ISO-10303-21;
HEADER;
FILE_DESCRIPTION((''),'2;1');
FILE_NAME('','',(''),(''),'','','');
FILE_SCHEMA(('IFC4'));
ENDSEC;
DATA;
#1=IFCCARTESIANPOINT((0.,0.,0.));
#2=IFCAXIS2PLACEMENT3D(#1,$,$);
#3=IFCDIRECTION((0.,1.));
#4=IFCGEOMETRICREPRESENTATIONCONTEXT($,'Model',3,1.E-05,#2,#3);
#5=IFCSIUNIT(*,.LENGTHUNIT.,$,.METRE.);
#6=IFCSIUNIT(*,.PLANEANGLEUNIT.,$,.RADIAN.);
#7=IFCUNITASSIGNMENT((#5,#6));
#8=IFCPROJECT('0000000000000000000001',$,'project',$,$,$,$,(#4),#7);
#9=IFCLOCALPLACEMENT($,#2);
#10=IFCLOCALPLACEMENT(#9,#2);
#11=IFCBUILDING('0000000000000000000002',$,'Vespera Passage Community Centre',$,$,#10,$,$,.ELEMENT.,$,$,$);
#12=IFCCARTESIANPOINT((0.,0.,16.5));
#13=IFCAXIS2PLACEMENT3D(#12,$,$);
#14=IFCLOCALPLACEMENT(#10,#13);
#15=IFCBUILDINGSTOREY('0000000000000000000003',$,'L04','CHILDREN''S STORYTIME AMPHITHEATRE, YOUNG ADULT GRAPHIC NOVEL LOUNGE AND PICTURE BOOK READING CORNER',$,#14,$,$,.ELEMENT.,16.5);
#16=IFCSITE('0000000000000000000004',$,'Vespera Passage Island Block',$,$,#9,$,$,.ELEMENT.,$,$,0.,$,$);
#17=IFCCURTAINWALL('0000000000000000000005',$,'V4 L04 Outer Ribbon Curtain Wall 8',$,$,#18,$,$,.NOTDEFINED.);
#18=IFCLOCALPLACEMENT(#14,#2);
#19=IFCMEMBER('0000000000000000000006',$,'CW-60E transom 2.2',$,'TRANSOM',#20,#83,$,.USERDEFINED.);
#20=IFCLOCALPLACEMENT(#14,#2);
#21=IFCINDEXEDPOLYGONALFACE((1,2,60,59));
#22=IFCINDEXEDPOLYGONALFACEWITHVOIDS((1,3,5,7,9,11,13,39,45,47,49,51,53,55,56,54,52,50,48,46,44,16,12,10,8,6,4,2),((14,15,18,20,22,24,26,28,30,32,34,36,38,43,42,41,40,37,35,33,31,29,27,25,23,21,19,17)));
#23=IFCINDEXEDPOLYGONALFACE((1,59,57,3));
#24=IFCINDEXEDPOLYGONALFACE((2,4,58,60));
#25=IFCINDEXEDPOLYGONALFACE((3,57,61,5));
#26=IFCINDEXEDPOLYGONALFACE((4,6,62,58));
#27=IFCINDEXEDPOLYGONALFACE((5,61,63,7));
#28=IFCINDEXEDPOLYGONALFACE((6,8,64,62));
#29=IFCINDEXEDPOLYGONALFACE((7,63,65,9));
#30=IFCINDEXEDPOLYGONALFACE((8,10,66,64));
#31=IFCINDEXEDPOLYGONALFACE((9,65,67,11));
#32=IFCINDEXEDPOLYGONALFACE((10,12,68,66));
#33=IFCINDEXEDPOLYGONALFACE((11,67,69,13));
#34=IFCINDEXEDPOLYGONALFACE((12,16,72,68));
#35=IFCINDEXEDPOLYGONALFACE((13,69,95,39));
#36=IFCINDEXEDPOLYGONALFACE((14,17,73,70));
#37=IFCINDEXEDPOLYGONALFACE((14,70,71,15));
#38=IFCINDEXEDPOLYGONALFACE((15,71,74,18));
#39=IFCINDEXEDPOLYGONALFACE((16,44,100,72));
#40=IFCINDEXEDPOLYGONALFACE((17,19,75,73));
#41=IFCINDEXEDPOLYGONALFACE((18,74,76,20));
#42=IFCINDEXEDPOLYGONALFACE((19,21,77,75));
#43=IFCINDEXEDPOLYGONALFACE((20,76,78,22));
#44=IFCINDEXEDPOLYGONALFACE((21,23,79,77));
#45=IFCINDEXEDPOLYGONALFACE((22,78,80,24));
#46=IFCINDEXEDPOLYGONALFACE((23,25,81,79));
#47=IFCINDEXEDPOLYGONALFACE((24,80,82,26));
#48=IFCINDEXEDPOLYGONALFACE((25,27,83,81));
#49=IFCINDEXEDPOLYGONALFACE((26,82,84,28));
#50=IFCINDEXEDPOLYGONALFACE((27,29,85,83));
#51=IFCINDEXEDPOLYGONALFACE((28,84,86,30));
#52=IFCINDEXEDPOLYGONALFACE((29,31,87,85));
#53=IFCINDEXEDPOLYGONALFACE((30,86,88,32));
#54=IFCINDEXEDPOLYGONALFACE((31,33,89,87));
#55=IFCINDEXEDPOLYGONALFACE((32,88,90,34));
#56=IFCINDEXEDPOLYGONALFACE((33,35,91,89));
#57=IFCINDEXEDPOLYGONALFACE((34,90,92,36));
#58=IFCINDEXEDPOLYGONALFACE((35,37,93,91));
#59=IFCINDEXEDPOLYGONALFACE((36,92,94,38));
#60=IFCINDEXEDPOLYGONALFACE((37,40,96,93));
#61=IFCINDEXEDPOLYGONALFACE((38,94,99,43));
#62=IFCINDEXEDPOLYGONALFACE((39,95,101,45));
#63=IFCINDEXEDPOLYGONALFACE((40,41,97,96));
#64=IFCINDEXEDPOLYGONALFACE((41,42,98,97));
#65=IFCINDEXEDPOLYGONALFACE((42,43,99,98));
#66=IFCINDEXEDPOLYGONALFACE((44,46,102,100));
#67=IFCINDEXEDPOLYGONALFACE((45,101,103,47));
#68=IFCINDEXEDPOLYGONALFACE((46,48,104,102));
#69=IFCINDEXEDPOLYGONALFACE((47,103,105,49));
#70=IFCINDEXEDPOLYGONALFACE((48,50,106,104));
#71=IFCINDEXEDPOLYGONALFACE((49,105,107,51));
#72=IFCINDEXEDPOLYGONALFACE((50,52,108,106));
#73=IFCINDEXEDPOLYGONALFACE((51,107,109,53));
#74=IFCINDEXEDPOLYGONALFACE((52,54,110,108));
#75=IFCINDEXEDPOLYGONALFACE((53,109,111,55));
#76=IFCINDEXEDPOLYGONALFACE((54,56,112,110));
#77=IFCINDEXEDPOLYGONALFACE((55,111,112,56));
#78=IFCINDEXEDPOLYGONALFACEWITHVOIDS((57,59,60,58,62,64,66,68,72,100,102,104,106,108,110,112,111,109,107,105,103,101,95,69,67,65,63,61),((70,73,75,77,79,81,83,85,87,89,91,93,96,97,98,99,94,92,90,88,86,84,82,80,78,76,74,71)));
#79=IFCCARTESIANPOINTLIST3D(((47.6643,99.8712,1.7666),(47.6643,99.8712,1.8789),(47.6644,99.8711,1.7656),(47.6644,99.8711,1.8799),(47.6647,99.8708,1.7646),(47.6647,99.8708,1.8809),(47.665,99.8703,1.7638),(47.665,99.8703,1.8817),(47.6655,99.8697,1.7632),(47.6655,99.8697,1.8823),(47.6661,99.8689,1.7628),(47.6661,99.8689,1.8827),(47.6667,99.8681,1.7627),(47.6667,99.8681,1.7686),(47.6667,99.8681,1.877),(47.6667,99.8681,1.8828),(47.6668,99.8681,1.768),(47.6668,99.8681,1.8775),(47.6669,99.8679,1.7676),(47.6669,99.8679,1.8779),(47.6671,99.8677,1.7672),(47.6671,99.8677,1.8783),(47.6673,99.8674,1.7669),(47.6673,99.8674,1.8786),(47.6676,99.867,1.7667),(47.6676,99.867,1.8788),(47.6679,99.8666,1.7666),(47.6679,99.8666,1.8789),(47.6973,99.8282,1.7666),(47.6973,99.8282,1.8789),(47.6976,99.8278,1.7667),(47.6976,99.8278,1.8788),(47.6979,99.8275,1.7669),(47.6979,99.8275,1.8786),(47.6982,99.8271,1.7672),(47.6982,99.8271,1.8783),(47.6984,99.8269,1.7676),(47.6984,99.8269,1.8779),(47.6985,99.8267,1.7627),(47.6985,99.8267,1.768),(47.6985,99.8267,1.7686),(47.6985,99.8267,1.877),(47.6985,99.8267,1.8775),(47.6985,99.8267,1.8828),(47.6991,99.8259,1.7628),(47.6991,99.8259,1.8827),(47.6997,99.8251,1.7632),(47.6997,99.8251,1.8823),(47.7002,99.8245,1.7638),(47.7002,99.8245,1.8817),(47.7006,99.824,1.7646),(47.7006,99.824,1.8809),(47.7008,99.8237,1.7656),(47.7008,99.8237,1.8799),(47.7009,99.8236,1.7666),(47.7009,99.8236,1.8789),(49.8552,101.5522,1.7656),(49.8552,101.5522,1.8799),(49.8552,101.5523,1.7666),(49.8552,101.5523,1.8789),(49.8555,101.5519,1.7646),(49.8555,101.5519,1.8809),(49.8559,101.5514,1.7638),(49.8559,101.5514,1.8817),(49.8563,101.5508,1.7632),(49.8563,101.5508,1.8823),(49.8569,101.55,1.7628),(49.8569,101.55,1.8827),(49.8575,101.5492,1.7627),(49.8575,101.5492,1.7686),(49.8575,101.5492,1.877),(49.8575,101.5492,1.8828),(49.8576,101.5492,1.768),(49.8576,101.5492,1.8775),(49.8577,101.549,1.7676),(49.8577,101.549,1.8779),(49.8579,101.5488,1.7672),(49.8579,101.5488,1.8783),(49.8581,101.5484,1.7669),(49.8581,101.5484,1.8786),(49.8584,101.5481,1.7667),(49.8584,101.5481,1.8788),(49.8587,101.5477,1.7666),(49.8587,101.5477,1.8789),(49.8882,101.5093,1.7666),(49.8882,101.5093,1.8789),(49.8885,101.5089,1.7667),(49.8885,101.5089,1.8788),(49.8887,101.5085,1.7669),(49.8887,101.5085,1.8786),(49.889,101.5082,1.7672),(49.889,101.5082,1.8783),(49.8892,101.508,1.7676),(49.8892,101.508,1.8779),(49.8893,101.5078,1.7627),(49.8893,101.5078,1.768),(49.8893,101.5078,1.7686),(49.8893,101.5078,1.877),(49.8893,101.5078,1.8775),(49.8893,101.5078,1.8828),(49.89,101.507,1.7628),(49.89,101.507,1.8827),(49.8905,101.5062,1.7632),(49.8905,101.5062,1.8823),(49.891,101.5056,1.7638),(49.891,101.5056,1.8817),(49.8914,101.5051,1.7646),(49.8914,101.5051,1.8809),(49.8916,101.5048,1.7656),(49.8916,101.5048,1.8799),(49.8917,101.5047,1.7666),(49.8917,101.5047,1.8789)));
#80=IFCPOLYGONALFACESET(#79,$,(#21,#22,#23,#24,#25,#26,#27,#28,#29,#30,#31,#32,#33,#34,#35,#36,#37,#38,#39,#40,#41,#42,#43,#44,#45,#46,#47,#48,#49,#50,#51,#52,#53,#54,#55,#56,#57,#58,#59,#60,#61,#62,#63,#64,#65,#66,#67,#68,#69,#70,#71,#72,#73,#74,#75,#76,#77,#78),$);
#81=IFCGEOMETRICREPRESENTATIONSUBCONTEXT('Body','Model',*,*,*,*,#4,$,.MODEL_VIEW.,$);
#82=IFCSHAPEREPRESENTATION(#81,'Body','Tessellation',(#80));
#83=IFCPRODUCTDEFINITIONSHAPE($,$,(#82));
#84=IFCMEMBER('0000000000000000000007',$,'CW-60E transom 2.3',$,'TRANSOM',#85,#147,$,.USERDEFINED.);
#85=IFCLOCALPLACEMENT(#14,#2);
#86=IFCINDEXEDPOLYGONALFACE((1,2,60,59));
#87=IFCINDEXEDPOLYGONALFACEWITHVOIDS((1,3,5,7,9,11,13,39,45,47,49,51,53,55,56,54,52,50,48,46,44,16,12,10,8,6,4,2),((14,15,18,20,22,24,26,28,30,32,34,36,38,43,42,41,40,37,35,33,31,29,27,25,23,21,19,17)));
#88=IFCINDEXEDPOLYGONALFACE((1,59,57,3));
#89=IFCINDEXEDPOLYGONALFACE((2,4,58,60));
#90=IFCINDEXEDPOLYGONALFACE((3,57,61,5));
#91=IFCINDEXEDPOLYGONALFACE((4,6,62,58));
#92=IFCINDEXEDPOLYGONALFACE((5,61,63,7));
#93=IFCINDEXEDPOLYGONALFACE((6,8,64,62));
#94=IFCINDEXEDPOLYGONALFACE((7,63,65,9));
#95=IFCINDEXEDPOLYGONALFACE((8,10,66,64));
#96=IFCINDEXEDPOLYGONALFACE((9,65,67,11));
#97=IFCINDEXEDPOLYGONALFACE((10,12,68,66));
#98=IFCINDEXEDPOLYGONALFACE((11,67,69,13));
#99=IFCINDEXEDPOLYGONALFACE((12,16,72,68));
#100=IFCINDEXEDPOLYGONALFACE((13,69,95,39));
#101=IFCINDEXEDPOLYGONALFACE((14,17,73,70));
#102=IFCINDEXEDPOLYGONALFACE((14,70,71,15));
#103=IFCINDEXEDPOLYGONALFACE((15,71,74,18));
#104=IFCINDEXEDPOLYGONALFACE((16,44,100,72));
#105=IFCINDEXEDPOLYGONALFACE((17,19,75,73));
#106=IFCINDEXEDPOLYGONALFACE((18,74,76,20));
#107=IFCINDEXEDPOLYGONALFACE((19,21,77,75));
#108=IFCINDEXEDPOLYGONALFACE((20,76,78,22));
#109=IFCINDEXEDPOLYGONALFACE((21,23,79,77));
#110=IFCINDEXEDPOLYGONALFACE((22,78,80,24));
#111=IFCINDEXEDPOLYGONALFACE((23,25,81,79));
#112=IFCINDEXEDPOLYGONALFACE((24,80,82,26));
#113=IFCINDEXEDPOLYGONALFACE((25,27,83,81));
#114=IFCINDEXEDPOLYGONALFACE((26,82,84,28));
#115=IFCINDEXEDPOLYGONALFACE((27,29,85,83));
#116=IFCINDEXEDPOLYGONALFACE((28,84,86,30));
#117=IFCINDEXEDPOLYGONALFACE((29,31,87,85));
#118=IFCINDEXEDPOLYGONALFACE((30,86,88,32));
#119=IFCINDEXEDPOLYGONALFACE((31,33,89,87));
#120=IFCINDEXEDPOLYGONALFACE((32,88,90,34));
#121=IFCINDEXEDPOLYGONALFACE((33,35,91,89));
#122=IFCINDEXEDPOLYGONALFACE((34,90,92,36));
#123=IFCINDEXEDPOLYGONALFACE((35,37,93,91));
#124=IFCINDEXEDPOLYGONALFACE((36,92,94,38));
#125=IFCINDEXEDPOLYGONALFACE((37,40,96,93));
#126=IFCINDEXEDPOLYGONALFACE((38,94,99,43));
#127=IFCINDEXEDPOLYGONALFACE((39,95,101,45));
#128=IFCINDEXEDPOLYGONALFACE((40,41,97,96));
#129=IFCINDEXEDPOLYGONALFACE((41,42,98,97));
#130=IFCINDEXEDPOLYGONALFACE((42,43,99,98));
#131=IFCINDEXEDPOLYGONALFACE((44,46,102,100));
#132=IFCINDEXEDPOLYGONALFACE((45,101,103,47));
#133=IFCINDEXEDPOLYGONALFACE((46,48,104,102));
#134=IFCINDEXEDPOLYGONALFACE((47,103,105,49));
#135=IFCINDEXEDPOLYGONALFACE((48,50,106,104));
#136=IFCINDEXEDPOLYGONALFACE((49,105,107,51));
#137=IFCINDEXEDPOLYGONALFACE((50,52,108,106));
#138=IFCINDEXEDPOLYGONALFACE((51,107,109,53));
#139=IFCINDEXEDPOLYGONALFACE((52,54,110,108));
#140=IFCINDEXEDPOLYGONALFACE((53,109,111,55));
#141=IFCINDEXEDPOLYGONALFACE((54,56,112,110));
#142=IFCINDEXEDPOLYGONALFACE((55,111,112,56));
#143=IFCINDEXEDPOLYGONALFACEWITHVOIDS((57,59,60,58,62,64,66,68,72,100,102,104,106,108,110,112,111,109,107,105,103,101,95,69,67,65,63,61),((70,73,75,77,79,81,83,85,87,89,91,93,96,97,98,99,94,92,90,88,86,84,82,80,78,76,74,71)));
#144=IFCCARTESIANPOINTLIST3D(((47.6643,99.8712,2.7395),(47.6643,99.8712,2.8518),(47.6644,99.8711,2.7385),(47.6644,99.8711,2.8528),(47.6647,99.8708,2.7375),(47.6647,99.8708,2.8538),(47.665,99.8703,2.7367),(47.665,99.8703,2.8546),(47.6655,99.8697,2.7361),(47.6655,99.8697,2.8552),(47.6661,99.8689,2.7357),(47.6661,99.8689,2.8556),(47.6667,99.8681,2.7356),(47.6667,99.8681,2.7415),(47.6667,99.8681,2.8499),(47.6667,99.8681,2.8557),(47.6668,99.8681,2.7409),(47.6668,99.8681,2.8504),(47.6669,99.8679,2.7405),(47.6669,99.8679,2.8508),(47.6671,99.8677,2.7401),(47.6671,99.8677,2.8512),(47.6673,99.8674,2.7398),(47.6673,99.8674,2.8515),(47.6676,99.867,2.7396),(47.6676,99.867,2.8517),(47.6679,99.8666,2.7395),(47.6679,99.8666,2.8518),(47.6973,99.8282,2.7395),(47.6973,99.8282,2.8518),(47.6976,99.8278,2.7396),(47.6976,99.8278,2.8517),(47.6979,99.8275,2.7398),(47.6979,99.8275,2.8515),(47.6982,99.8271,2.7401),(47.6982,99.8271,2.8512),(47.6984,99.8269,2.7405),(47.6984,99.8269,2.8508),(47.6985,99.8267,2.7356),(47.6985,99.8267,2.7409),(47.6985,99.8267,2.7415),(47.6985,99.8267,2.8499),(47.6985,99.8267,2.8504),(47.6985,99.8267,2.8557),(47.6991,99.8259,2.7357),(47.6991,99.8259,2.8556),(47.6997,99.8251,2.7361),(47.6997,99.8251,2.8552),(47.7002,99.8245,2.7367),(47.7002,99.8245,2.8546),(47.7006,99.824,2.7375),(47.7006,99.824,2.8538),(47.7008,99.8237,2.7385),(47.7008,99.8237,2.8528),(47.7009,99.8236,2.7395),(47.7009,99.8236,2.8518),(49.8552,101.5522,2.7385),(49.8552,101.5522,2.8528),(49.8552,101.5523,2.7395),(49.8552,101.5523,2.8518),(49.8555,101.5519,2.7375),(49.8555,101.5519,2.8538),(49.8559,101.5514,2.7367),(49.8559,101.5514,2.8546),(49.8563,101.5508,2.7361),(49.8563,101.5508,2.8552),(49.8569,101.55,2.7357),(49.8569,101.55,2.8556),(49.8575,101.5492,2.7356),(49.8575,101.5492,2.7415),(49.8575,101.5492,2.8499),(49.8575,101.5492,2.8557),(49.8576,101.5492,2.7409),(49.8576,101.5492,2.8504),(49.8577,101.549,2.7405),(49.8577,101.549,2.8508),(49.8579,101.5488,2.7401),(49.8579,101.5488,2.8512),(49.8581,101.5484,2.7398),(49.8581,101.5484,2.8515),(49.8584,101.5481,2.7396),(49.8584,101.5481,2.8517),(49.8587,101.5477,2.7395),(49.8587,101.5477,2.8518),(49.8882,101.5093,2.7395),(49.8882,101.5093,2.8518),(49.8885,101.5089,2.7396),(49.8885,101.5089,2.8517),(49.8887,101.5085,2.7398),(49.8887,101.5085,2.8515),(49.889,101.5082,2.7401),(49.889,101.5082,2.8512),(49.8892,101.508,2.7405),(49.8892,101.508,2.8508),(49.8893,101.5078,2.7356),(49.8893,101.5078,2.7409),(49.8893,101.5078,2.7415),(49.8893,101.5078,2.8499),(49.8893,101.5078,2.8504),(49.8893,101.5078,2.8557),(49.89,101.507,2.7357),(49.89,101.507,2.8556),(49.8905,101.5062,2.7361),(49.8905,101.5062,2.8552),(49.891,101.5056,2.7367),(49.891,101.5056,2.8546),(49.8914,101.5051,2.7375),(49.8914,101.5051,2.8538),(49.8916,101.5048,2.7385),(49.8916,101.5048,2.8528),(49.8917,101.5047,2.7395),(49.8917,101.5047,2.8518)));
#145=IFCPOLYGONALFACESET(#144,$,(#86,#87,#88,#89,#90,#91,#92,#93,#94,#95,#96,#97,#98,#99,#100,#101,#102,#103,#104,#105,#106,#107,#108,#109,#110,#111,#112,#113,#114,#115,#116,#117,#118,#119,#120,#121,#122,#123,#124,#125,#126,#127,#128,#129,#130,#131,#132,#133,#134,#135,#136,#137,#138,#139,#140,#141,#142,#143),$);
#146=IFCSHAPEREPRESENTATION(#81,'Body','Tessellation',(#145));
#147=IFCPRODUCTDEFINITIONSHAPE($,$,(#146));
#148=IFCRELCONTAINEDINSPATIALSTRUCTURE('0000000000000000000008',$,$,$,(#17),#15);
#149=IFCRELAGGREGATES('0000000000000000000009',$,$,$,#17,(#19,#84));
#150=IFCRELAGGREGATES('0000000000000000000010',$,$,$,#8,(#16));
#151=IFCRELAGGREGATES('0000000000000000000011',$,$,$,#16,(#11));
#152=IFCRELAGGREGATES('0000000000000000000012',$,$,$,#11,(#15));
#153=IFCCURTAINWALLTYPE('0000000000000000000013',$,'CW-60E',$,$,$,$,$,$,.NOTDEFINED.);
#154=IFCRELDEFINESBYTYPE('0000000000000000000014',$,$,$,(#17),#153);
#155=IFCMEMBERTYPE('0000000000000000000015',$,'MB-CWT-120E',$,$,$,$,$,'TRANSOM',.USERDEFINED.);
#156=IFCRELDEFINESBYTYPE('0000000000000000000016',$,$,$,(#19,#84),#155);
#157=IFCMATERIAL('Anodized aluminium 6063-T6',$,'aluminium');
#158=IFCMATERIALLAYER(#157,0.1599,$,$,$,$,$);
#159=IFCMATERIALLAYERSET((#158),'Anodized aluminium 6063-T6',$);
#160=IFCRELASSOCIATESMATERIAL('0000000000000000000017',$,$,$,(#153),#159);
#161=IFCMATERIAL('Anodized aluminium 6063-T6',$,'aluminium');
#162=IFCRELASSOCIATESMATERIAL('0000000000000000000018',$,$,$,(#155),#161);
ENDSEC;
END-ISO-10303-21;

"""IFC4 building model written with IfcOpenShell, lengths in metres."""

from ifc_helpers import new_model, si_unit, direction, frame, origin, origin_2d, place, context, subcontext, project, spatial, hollow_rectangle, extrude, material, layer, layer_set, material_profile, profile_set, type_object, element, aggregate, save


model = new_model("IFC4")

# Units and contexts
model_context = context("Model", 3, precision=1e-05, world=origin(), true_north=direction((0.0, 1.0)))
body_context = subcontext(model_context, "Body", "Model", "MODEL_VIEW")
ifc_project = project(units=[si_unit("LENGTHUNIT", "METRE"), si_unit("PLANEANGLEUNIT", "RADIAN")], contexts=[model_context])

# Site, building, storey
site_placement = place(None, origin())
site = spatial("IfcSite", under=ifc_project, at=site_placement, Name="Vespera Passage Island Block", CompositionType="ELEMENT", RefElevation=0.0)
building_placement = place(site_placement, origin())
building = spatial("IfcBuilding", under=site, at=building_placement, Name="Vespera Passage Community Centre", CompositionType="ELEMENT")
storey_placement = place(building_placement, frame((0.0, 0.0, 16.5)))
storey = spatial("IfcBuildingStorey", under=building, at=storey_placement, Name="L04", Description="CHILDREN'S STORYTIME AMPHITHEATRE, YOUNG ADULT GRAPHIC NOVEL LOUNGE AND PICTURE BOOK READING CORNER", CompositionType="ELEMENT", Elevation=16.5)

# Curtain wall, members
ifc_material_1 = material(Name="Anodized aluminium 6063-T6", Category="aluminium")
ifc_layer_1 = layer(ifc_material_1, 0.1599)
ifc_layer_set_1 = layer_set([ifc_layer_1], Name="Anodized aluminium 6063-T6")
curtain_wall_type = type_object("IfcCurtainWallType", Name="CW-60E", PredefinedType="NOTDEFINED", material=ifc_layer_set_1)
curtain_wall_placement = place(storey_placement, origin())
curtain_wall = element("IfcCurtainWall", 1, at=curtain_wall_placement, inside=storey, type_object=curtain_wall_type, Name="V4 L04 Outer Ribbon Curtain Wall 8", PredefinedType="NOTDEFINED")
ifc_material_2 = material(Name="Anodized aluminium 6063-T6", Category="aluminium")
ifc_material_profile_1 = material_profile(ifc_material_2, hollow_rectangle(XDim=0.0601, YDim=0.1201, WallThickness=0.0039, InnerFilletRadius=0.002, OuterFilletRadius=0.0039, at=origin_2d()), Name="ALU120X60X4")
ifc_profile_set_1 = profile_set([ifc_material_profile_1], Name="Anodized aluminium 6063-T6")
member_type_1 = type_object("IfcMemberType", Name="MB-CWT-120E", ElementType="TRANSOM", PredefinedType="USERDEFINED", material=ifc_profile_set_1)
member_1_placement = place(storey_placement, frame((47.6826, 99.8474, 1.8228), z_axis=(0.793353, 0.608762, 0.0), x_axis=(-0.608762, 0.793353, 0.0)))
member_1 = element("IfcMember", 2, at=member_1_placement, type_object=member_type_1, Name="CW-60E transom 2.2", ObjectType="TRANSOM", PredefinedType="USERDEFINED", context=body_context, shape_type="SweptSolid", body=[
    extrude(hollow_rectangle(XDim=0.0601, YDim=0.1201, WallThickness=0.0039, InnerFilletRadius=0.002, OuterFilletRadius=0.0039, at=origin_2d()), origin(), (0.0, 0.0, 1.0), 2.7615),
])
member_2_placement = place(storey_placement, frame((47.6826, 99.8474, 2.7957), z_axis=(0.793353, 0.608762, 0.0), x_axis=(-0.608762, 0.793353, 0.0)))
member_2 = element("IfcMember", 3, at=member_2_placement, type_object=member_type_1, Name="CW-60E transom 2.3", ObjectType="TRANSOM", PredefinedType="USERDEFINED", context=body_context, shape_type="SweptSolid", body=[
    extrude(hollow_rectangle(XDim=0.0601, YDim=0.1201, WallThickness=0.0039, InnerFilletRadius=0.002, OuterFilletRadius=0.0039, at=origin_2d()), origin(), (0.0, 0.0, 1.0), 2.7615),
])
aggregate(curtain_wall, [member_1, member_2])

save(model, "model.ifc")
